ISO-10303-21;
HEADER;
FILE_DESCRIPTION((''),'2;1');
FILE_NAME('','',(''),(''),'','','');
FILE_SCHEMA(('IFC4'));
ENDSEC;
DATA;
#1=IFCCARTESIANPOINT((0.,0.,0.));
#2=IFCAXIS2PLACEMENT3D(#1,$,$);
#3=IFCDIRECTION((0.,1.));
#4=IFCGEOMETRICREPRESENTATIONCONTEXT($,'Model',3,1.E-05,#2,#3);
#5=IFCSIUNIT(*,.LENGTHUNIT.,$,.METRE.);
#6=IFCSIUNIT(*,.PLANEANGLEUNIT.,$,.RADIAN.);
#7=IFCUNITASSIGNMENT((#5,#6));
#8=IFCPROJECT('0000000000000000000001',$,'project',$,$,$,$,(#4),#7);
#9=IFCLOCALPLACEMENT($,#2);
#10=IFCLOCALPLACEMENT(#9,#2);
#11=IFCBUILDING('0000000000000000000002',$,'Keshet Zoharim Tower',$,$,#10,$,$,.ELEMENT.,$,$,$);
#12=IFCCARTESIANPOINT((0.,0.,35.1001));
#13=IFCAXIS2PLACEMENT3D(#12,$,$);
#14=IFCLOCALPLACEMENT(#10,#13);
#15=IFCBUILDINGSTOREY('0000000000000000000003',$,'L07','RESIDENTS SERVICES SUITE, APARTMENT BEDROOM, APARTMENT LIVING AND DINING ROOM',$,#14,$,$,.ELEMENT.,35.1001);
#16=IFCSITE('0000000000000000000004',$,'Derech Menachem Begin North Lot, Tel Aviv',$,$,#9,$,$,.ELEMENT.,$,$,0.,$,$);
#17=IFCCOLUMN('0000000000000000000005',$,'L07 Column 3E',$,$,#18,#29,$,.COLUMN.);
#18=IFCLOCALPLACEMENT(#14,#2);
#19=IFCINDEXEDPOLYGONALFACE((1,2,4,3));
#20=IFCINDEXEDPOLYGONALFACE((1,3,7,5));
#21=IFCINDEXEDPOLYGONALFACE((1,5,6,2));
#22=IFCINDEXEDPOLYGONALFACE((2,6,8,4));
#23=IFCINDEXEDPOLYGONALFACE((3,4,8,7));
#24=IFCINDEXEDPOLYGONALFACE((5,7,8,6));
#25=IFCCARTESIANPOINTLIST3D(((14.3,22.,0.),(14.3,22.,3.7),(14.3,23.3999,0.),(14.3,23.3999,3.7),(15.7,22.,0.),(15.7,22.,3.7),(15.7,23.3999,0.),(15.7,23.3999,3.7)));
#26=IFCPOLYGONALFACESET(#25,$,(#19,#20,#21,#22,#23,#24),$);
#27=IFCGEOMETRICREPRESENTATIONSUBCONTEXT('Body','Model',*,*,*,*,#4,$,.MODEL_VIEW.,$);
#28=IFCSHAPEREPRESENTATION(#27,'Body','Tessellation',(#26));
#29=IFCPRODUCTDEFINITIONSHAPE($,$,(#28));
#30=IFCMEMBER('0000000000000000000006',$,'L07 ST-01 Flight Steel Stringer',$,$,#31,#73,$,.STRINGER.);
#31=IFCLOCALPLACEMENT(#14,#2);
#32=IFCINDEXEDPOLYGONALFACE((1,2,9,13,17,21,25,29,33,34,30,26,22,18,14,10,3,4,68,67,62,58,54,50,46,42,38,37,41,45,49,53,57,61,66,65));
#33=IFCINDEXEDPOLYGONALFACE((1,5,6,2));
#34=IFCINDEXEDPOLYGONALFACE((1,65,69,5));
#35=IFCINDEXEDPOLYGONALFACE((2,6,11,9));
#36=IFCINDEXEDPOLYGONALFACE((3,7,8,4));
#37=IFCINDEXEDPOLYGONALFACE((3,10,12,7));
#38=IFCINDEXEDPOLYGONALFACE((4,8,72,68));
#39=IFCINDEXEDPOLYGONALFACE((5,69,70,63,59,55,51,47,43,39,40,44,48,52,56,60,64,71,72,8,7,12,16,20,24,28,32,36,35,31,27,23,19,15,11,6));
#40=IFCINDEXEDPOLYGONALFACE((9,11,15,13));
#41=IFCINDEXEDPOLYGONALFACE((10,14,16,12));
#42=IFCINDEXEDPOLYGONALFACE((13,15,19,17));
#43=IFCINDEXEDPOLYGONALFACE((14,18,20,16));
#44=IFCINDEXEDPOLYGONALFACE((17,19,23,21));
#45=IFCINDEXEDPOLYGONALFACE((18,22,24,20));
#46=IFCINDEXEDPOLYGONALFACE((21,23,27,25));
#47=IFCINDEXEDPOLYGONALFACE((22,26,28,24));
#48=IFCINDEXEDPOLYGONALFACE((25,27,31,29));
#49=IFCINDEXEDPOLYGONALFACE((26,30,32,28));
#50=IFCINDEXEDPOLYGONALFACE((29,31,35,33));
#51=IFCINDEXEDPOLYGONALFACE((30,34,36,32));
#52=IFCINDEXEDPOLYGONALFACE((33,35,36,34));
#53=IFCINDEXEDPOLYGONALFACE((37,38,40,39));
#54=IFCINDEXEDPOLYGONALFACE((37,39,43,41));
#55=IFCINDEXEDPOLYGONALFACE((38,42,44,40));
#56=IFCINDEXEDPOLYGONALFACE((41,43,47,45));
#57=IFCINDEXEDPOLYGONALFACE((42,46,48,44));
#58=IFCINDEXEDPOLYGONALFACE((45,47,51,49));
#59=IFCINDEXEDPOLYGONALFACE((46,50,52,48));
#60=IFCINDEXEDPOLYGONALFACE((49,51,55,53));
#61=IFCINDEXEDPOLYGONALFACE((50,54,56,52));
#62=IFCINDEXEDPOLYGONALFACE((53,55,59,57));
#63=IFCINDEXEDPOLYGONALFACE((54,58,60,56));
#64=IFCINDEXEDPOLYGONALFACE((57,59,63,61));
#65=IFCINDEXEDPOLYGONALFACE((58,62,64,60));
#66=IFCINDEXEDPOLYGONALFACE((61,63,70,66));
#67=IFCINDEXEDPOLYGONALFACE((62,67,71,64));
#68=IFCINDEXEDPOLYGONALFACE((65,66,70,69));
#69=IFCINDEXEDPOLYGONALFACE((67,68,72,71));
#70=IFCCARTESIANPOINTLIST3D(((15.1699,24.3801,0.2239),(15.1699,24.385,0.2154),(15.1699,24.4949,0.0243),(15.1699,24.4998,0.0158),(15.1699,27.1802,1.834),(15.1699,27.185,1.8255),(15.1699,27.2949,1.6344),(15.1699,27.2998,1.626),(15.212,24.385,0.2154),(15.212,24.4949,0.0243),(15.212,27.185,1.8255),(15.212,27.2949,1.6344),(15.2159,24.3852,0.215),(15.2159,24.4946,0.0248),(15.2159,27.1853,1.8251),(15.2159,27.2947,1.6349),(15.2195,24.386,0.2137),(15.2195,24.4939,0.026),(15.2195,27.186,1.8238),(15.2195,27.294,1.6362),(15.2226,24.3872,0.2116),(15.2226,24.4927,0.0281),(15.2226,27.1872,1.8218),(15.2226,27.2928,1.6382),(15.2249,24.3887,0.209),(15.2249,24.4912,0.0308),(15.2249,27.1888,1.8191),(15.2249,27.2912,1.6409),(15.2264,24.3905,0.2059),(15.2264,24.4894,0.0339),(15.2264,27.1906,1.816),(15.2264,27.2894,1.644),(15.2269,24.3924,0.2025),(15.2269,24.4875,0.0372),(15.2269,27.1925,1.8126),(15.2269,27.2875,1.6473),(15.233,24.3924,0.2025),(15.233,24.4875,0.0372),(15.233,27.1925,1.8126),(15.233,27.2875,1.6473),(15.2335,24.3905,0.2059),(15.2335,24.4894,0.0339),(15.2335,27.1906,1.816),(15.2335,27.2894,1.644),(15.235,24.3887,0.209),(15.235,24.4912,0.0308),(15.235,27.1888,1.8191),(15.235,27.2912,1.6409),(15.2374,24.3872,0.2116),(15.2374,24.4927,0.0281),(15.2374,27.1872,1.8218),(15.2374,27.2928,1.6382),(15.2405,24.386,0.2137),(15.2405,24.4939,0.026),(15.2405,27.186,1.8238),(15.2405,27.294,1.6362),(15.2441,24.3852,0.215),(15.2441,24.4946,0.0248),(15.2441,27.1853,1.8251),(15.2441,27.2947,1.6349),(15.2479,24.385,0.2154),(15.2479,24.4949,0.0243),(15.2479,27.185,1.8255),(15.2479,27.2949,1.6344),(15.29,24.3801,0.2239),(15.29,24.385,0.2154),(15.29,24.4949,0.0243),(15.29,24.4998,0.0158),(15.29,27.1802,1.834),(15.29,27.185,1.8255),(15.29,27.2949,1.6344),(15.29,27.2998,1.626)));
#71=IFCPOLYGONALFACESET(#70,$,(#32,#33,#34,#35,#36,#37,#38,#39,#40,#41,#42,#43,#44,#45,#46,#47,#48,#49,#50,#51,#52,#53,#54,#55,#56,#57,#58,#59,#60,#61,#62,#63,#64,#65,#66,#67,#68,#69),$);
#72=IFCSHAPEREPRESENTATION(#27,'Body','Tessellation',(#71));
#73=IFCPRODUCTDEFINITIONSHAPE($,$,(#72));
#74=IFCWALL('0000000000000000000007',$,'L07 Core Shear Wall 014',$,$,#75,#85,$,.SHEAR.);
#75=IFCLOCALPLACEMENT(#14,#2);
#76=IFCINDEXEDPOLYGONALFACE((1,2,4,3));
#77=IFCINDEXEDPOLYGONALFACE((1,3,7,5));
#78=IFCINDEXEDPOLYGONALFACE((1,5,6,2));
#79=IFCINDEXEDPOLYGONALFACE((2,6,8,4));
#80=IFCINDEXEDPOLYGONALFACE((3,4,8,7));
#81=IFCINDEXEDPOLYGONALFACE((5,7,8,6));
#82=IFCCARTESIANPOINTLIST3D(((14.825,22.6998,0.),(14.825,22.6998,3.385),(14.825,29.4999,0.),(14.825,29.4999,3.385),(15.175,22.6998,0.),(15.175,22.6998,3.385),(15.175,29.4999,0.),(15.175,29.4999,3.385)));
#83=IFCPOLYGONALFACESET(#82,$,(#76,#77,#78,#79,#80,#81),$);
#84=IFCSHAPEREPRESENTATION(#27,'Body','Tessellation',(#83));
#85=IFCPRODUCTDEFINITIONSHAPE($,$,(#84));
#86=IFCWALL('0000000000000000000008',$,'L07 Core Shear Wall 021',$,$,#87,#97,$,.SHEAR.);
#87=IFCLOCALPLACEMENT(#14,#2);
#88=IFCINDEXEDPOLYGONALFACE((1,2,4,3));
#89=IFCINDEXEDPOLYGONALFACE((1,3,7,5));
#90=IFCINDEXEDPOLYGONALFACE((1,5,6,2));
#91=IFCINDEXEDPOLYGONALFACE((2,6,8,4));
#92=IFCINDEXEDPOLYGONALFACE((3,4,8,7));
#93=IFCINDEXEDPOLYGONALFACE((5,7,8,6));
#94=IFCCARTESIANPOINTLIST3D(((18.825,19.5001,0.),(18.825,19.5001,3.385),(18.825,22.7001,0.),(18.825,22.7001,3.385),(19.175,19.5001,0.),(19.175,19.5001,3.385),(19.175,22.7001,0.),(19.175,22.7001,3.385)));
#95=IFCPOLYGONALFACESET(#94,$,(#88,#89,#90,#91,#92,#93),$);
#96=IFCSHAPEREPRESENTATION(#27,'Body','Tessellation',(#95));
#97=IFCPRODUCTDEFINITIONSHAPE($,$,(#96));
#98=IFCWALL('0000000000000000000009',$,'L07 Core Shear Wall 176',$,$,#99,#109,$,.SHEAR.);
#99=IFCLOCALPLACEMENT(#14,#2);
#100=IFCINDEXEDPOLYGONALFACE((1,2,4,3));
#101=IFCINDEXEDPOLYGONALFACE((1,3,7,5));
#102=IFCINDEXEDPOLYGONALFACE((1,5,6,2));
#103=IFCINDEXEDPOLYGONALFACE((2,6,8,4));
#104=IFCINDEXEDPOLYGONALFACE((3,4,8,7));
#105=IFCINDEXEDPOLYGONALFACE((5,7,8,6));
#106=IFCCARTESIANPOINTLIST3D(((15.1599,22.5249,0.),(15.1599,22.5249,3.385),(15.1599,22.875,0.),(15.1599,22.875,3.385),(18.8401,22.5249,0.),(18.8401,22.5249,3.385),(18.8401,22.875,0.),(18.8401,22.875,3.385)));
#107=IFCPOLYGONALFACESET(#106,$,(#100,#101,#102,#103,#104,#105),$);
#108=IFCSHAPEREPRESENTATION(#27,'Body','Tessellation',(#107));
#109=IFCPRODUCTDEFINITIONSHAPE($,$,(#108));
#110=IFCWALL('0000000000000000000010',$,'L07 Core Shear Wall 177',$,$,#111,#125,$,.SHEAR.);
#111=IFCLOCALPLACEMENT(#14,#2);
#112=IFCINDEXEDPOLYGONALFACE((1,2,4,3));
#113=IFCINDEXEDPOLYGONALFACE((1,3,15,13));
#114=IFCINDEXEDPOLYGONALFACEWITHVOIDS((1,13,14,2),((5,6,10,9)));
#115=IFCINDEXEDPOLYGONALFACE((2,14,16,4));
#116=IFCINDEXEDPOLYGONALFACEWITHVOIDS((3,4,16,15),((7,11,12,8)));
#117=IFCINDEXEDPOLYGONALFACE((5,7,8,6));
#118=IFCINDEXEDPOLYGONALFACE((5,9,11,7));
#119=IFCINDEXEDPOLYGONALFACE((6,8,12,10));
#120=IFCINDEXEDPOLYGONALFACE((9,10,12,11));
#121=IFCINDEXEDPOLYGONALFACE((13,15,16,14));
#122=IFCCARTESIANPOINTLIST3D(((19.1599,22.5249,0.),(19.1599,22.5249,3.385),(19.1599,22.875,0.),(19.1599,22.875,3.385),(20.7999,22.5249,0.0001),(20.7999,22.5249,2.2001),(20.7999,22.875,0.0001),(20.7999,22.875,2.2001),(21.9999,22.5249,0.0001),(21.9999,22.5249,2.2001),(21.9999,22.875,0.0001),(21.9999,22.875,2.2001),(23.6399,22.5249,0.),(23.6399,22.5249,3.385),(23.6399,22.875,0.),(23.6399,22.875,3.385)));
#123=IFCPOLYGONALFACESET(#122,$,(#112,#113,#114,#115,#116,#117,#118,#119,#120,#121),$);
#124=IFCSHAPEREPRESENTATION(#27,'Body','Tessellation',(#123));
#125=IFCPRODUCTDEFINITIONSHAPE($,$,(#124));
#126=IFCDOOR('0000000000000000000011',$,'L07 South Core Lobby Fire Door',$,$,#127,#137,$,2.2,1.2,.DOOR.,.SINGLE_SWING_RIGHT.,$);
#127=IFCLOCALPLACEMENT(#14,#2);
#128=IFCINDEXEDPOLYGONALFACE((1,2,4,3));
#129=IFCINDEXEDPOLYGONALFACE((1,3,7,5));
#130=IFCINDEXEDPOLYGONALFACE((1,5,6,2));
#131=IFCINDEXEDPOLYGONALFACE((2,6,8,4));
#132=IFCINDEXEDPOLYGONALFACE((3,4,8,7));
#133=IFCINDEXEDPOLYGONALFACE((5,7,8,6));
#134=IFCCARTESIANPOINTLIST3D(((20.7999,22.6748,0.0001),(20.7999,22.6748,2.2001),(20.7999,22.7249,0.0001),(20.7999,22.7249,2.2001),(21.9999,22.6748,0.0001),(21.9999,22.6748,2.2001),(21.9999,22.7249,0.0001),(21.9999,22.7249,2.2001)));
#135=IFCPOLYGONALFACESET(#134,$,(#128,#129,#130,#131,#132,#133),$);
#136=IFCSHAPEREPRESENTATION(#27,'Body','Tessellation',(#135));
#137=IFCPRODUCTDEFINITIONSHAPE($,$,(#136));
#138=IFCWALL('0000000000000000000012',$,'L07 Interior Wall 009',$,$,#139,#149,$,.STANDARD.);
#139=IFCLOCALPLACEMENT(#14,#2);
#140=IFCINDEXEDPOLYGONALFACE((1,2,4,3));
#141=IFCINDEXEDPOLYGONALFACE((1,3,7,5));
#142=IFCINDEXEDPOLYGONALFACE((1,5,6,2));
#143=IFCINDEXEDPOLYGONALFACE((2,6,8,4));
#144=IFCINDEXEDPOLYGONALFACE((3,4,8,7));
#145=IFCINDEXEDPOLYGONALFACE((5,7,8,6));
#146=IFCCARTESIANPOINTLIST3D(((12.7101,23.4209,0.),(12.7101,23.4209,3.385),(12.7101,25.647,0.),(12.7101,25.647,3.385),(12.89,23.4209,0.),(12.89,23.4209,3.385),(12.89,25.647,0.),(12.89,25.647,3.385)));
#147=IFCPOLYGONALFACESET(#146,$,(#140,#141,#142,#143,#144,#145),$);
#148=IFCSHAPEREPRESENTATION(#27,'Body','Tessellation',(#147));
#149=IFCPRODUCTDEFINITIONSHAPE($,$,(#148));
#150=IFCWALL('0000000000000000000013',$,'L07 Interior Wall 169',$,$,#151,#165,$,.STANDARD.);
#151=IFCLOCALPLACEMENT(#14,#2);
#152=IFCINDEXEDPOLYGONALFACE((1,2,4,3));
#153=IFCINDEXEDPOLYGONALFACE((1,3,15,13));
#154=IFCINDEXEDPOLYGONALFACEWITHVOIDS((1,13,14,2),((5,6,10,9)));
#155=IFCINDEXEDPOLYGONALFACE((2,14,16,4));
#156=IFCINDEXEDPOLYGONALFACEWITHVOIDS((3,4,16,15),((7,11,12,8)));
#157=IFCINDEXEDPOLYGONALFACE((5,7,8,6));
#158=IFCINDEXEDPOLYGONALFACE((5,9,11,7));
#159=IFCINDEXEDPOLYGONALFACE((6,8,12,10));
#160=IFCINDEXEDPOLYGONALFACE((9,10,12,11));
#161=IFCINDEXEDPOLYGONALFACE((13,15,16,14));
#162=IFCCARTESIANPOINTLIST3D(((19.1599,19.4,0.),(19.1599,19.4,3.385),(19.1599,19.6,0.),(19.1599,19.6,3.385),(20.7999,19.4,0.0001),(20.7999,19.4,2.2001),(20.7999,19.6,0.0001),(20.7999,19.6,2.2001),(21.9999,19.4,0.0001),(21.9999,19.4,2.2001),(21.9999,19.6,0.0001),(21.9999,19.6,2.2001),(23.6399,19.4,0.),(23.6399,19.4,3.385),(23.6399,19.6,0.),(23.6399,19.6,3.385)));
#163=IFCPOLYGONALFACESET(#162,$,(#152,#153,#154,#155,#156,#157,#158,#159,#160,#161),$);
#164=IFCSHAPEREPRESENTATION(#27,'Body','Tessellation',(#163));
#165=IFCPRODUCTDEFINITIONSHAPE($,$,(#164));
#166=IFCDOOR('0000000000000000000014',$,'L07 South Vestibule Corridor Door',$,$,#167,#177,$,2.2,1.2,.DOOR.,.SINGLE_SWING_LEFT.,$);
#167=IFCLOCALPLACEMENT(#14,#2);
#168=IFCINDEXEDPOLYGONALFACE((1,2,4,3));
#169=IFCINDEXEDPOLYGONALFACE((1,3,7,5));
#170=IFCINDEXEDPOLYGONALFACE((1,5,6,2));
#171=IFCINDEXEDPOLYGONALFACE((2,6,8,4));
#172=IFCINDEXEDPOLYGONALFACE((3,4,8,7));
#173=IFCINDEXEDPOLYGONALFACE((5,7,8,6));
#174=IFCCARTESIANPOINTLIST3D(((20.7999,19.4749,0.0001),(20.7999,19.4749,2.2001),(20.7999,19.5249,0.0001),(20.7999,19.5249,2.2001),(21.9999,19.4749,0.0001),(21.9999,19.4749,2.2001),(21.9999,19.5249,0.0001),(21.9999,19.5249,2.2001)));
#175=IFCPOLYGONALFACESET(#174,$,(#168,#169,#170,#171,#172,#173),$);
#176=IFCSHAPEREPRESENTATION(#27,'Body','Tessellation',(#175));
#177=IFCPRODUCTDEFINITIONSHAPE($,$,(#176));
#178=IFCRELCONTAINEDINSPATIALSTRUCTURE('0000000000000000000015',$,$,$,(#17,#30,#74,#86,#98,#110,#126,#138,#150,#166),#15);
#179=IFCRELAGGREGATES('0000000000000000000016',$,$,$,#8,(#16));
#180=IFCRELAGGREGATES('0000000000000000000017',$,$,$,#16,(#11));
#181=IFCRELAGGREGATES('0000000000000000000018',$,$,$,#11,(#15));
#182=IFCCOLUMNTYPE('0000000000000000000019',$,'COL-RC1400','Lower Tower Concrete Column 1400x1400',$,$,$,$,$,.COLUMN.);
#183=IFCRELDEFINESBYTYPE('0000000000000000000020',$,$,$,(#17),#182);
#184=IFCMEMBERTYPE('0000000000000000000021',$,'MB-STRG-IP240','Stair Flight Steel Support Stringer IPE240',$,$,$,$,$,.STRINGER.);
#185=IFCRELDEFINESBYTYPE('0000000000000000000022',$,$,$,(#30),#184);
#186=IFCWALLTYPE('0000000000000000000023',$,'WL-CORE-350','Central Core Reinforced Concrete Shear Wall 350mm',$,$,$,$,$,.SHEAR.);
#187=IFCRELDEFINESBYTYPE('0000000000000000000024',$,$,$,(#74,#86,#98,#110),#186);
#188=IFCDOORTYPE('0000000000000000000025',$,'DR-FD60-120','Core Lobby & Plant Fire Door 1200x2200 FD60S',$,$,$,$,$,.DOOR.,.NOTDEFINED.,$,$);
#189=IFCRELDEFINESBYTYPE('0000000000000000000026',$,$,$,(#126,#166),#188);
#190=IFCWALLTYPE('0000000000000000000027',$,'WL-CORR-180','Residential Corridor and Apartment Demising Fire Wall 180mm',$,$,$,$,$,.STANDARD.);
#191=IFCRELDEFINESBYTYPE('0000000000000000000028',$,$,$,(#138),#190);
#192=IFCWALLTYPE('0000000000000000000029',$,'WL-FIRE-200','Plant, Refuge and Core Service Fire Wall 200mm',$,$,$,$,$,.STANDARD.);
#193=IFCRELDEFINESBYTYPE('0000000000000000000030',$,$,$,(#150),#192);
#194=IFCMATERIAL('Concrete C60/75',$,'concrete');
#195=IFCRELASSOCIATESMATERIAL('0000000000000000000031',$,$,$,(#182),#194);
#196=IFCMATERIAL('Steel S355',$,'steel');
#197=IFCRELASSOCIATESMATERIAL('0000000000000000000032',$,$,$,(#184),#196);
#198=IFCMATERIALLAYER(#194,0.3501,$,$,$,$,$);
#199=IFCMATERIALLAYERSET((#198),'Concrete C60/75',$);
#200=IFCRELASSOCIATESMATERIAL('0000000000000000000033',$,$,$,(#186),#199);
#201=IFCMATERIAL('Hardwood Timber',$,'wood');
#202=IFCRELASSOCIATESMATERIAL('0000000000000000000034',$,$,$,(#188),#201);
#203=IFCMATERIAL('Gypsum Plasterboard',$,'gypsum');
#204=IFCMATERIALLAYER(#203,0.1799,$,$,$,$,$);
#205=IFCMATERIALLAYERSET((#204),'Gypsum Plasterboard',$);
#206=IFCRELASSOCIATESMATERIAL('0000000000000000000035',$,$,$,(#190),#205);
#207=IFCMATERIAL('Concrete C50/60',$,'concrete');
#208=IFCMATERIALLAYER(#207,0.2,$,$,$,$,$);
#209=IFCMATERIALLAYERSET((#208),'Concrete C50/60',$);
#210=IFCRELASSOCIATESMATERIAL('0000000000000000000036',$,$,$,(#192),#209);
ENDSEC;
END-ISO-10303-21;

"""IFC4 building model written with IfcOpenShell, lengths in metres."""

from ifc_helpers import new_model, si_unit, direction, frame, frame_2d, origin, origin_2d, place, context, subcontext, project, spatial, rectangle, i_section, extrude, material, layer, layer_set, material_profile, profile_set, type_object, element, fill, save


model = new_model("IFC4")

# Units and contexts
model_context = context("Model", 3, precision=1e-05, world=origin(), true_north=direction((0.0, 1.0)))
body_context = subcontext(model_context, "Body", "Model", "MODEL_VIEW")
ifc_project = project(units=[si_unit("LENGTHUNIT", "METRE"), si_unit("PLANEANGLEUNIT", "RADIAN")], contexts=[model_context])

# Site, building, storey
site_placement = place(None, origin())
site = spatial("IfcSite", under=ifc_project, at=site_placement, Name="Derech Menachem Begin North Lot, Tel Aviv", CompositionType="ELEMENT", RefElevation=0.0)
building_placement = place(site_placement, origin())
building = spatial("IfcBuilding", under=site, at=building_placement, Name="Keshet Zoharim Tower", CompositionType="ELEMENT")
storey_placement = place(building_placement, frame((0.0, 0.0, 35.1001)))
storey = spatial("IfcBuildingStorey", under=building, at=storey_placement, Name="L07", Description="RESIDENTS SERVICES SUITE, APARTMENT BEDROOM, APARTMENT LIVING AND DINING ROOM", CompositionType="ELEMENT", Elevation=35.1001)

# Column
ifc_material_1 = material(Name="Concrete C60/75", Category="concrete")
ifc_material_profile_1 = material_profile(ifc_material_1, rectangle(XDim=1.3999, YDim=1.3999, at=origin_2d()), Name="RC1400x1400")
ifc_profile_set_1 = profile_set([ifc_material_profile_1], Name="Concrete C60/75")
column_type = type_object("IfcColumnType", Name="COL-RC1400", Description="Lower Tower Concrete Column 1400x1400", PredefinedType="COLUMN", material=ifc_profile_set_1)
column_placement = place(storey_placement, frame((15.0, 22.7, 0.0), z_axis=(0.0, 0.0, 1.0), x_axis=(1.0, 0.0, 0.0)))
element("IfcColumn", 1, at=column_placement, inside=storey, type_object=column_type, Name="L07 Column 3E", PredefinedType="COLUMN", context=body_context, shape_type="SweptSolid", body=[
    extrude(rectangle(XDim=1.3999, YDim=1.3999, at=origin_2d()), origin(), (0.0, 0.0, 1.0), 3.7),
])

# Member
ifc_material_2 = material(Name="Steel S355", Category="steel")
ifc_material_profile_2 = material_profile(ifc_material_2, i_section(OverallWidth=0.1201, OverallDepth=0.24, WebThickness=0.0061, FlangeThickness=0.0098, FilletRadius=0.0149, at=origin_2d()), Name="IPE240")
ifc_profile_set_2 = profile_set([ifc_material_profile_2], Name="Steel S355")
member_type = type_object("IfcMemberType", Name="MB-STRG-IP240", Description="Stair Flight Steel Support Stringer IPE240", PredefinedType="STRINGER", material=ifc_profile_set_2)
member_placement = place(storey_placement, frame((15.23, 24.4399, 0.1199), z_axis=(0.0, 0.866896, 0.49849), x_axis=(-1.0, 0.0, 0.0)))
element("IfcMember", 2, at=member_placement, inside=storey, type_object=member_type, Name="L07 ST-01 Flight Steel Stringer", PredefinedType="STRINGER", context=body_context, shape_type="SweptSolid", body=[
    extrude(i_section(OverallWidth=0.1201, OverallDepth=0.24, WebThickness=0.0061, FlangeThickness=0.0098, FilletRadius=0.0149, at=origin_2d()), origin(), (0.0, 0.0, 1.0), 3.23),
])

# Walls
ifc_layer_1 = layer(ifc_material_1, 0.3501)
ifc_layer_set_1 = layer_set([ifc_layer_1], Name="Concrete C60/75")
wall_type_1 = type_object("IfcWallType", Name="WL-CORE-350", Description="Central Core Reinforced Concrete Shear Wall 350mm", PredefinedType="SHEAR", material=ifc_layer_set_1)
wall_1_placement = place(storey_placement, frame((15.0, 22.7, 0.0), z_axis=(0.0, 0.0, 1.0), x_axis=(0.0, 1.0, 0.0)))
element("IfcWall", 3, at=wall_1_placement, inside=storey, type_object=wall_type_1, Name="L07 Core Shear Wall 014", PredefinedType="SHEAR", context=body_context, shape_type="SweptSolid", body=[
    extrude(rectangle(XDim=6.8, YDim=0.3501, at=frame_2d((3.3999, 0.0))), origin(), (0.0, 0.0, 1.0), 3.385),
])
wall_2_placement = place(storey_placement, frame((19.0, 19.5, 0.0), z_axis=(0.0, 0.0, 1.0), x_axis=(0.0, 1.0, 0.0)))
element("IfcWall", 4, at=wall_2_placement, inside=storey, type_object=wall_type_1, Name="L07 Core Shear Wall 021", PredefinedType="SHEAR", context=body_context, shape_type="SweptSolid", body=[
    extrude(rectangle(XDim=3.2, YDim=0.3501, at=frame_2d((1.6001, 0.0))), origin(), (0.0, 0.0, 1.0), 3.385),
])

# Shared definitions
ifc_material_3 = material(Name="Hardwood Timber", Category="wood")

# Wall
wall_3_placement = place(storey_placement, frame((15.1599, 22.7, 0.0), z_axis=(0.0, 0.0, 1.0), x_axis=(1.0, 0.0, 0.0)))
element("IfcWall", 5, at=wall_3_placement, inside=storey, type_object=wall_type_1, Name="L07 Core Shear Wall 176", PredefinedType="SHEAR", context=body_context, shape_type="SweptSolid", body=[
    extrude(rectangle(XDim=3.6802, YDim=0.3501, at=frame_2d((1.8401, 0.0))), origin(), (0.0, 0.0, 1.0), 3.385),
])

# Wall, opening, door
wall_4_placement = place(storey_placement, frame((19.1599, 22.7, 0.0), z_axis=(0.0, 0.0, 1.0), x_axis=(1.0, 0.0, 0.0)))
wall_4 = element("IfcWall", 6, at=wall_4_placement, inside=storey, type_object=wall_type_1, Name="L07 Core Shear Wall 177", PredefinedType="SHEAR", context=body_context, shape_type="SweptSolid", body=[
    extrude(rectangle(XDim=4.48, YDim=0.3501, at=frame_2d((2.24, 0.0))), origin(), (0.0, 0.0, 1.0), 3.385),
])
opening_1_placement = place(wall_4_placement, frame((1.6399, 0.0, 0.0)))
opening_1 = element("IfcOpeningElement", 7, at=opening_1_placement, cuts=wall_4, PredefinedType="OPENING", context=body_context, shape_type="SweptSolid", body=[
    extrude(rectangle(XDim=1.2, YDim=2.2, at=frame_2d((0.6001, 1.1001))), frame((0.0, 0.1851, 0.0), z_axis=(0.0, -1.0, 0.0), x_axis=(1.0, 0.0, 0.0)), (0.0, 0.0, 1.0), 0.3701),
])
door_type_1 = type_object("IfcDoorType", Name="DR-FD60-120", Description="Core Lobby & Plant Fire Door 1200x2200 FD60S", OperationType="NOTDEFINED", PredefinedType="DOOR", material=ifc_material_3)
door_1_placement = place(opening_1_placement, origin())
door_1 = element("IfcDoor", 8, at=door_1_placement, inside=storey, type_object=door_type_1, Name="L07 South Core Lobby Fire Door", OperationType="SINGLE_SWING_RIGHT", OverallHeight=2.2, OverallWidth=1.2, PredefinedType="DOOR", context=body_context, shape_type="SweptSolid", body=[
    extrude(rectangle(XDim=1.2, YDim=2.2, at=frame_2d((0.6001, 1.1001))), frame((0.0, 0.0249, 0.0), z_axis=(0.0, -1.0, 0.0), x_axis=(1.0, 0.0, 0.0)), (0.0, 0.0, 1.0), 0.05),
])
fill(opening_1, door_1)

# Wall
ifc_material_4 = material(Name="Gypsum Plasterboard", Category="gypsum")
ifc_layer_2 = layer(ifc_material_4, 0.1799)
ifc_layer_set_2 = layer_set([ifc_layer_2], Name="Gypsum Plasterboard")
wall_type_2 = type_object("IfcWallType", Name="WL-CORR-180", Description="Residential Corridor and Apartment Demising Fire Wall 180mm", PredefinedType="STANDARD", material=ifc_layer_set_2)
wall_5_placement = place(storey_placement, frame((12.8, 23.4209, 0.0), z_axis=(0.0, 0.0, 1.0), x_axis=(0.0, 1.0, 0.0)))
element("IfcWall", 9, at=wall_5_placement, inside=storey, type_object=wall_type_2, Name="L07 Interior Wall 009", PredefinedType="STANDARD", context=body_context, shape_type="SweptSolid", body=[
    extrude(rectangle(XDim=2.2261, YDim=0.1799, at=frame_2d((1.113, 0.0))), origin(), (0.0, 0.0, 1.0), 3.385),
])

# Wall, opening, door
ifc_material_5 = material(Name="Concrete C50/60", Category="concrete")
ifc_layer_3 = layer(ifc_material_5, 0.2)
ifc_layer_set_3 = layer_set([ifc_layer_3], Name="Concrete C50/60")
wall_type_3 = type_object("IfcWallType", Name="WL-FIRE-200", Description="Plant, Refuge and Core Service Fire Wall 200mm", PredefinedType="STANDARD", material=ifc_layer_set_3)
wall_6_placement = place(storey_placement, frame((19.1599, 19.5, 0.0), z_axis=(0.0, 0.0, 1.0), x_axis=(1.0, 0.0, 0.0)))
wall_6 = element("IfcWall", 10, at=wall_6_placement, inside=storey, type_object=wall_type_3, Name="L07 Interior Wall 169", PredefinedType="STANDARD", context=body_context, shape_type="SweptSolid", body=[
    extrude(rectangle(XDim=4.48, YDim=0.2, at=frame_2d((2.24, 0.0))), origin(), (0.0, 0.0, 1.0), 3.385),
])
opening_2_placement = place(wall_6_placement, frame((1.6399, 0.0, 0.0)))
opening_2 = element("IfcOpeningElement", 11, at=opening_2_placement, cuts=wall_6, PredefinedType="OPENING", context=body_context, shape_type="SweptSolid", body=[
    extrude(rectangle(XDim=1.2, YDim=2.2, at=frame_2d((0.6001, 1.1001))), frame((0.0, 0.1099, 0.0), z_axis=(0.0, -1.0, 0.0), x_axis=(1.0, 0.0, 0.0)), (0.0, 0.0, 1.0), 0.22),
])
door_2_placement = place(opening_2_placement, origin())
door_2 = element("IfcDoor", 12, at=door_2_placement, inside=storey, type_object=door_type_1, Name="L07 South Vestibule Corridor Door", OperationType="SINGLE_SWING_LEFT", OverallHeight=2.2, OverallWidth=1.2, PredefinedType="DOOR", context=body_context, shape_type="SweptSolid", body=[
    extrude(rectangle(XDim=1.2, YDim=2.2, at=frame_2d((0.6001, 1.1001))), frame((0.0, 0.0249, 0.0), z_axis=(0.0, -1.0, 0.0), x_axis=(1.0, 0.0, 0.0)), (0.0, 0.0, 1.0), 0.05),
])
fill(opening_2, door_2)

save(model, "model.ifc")
